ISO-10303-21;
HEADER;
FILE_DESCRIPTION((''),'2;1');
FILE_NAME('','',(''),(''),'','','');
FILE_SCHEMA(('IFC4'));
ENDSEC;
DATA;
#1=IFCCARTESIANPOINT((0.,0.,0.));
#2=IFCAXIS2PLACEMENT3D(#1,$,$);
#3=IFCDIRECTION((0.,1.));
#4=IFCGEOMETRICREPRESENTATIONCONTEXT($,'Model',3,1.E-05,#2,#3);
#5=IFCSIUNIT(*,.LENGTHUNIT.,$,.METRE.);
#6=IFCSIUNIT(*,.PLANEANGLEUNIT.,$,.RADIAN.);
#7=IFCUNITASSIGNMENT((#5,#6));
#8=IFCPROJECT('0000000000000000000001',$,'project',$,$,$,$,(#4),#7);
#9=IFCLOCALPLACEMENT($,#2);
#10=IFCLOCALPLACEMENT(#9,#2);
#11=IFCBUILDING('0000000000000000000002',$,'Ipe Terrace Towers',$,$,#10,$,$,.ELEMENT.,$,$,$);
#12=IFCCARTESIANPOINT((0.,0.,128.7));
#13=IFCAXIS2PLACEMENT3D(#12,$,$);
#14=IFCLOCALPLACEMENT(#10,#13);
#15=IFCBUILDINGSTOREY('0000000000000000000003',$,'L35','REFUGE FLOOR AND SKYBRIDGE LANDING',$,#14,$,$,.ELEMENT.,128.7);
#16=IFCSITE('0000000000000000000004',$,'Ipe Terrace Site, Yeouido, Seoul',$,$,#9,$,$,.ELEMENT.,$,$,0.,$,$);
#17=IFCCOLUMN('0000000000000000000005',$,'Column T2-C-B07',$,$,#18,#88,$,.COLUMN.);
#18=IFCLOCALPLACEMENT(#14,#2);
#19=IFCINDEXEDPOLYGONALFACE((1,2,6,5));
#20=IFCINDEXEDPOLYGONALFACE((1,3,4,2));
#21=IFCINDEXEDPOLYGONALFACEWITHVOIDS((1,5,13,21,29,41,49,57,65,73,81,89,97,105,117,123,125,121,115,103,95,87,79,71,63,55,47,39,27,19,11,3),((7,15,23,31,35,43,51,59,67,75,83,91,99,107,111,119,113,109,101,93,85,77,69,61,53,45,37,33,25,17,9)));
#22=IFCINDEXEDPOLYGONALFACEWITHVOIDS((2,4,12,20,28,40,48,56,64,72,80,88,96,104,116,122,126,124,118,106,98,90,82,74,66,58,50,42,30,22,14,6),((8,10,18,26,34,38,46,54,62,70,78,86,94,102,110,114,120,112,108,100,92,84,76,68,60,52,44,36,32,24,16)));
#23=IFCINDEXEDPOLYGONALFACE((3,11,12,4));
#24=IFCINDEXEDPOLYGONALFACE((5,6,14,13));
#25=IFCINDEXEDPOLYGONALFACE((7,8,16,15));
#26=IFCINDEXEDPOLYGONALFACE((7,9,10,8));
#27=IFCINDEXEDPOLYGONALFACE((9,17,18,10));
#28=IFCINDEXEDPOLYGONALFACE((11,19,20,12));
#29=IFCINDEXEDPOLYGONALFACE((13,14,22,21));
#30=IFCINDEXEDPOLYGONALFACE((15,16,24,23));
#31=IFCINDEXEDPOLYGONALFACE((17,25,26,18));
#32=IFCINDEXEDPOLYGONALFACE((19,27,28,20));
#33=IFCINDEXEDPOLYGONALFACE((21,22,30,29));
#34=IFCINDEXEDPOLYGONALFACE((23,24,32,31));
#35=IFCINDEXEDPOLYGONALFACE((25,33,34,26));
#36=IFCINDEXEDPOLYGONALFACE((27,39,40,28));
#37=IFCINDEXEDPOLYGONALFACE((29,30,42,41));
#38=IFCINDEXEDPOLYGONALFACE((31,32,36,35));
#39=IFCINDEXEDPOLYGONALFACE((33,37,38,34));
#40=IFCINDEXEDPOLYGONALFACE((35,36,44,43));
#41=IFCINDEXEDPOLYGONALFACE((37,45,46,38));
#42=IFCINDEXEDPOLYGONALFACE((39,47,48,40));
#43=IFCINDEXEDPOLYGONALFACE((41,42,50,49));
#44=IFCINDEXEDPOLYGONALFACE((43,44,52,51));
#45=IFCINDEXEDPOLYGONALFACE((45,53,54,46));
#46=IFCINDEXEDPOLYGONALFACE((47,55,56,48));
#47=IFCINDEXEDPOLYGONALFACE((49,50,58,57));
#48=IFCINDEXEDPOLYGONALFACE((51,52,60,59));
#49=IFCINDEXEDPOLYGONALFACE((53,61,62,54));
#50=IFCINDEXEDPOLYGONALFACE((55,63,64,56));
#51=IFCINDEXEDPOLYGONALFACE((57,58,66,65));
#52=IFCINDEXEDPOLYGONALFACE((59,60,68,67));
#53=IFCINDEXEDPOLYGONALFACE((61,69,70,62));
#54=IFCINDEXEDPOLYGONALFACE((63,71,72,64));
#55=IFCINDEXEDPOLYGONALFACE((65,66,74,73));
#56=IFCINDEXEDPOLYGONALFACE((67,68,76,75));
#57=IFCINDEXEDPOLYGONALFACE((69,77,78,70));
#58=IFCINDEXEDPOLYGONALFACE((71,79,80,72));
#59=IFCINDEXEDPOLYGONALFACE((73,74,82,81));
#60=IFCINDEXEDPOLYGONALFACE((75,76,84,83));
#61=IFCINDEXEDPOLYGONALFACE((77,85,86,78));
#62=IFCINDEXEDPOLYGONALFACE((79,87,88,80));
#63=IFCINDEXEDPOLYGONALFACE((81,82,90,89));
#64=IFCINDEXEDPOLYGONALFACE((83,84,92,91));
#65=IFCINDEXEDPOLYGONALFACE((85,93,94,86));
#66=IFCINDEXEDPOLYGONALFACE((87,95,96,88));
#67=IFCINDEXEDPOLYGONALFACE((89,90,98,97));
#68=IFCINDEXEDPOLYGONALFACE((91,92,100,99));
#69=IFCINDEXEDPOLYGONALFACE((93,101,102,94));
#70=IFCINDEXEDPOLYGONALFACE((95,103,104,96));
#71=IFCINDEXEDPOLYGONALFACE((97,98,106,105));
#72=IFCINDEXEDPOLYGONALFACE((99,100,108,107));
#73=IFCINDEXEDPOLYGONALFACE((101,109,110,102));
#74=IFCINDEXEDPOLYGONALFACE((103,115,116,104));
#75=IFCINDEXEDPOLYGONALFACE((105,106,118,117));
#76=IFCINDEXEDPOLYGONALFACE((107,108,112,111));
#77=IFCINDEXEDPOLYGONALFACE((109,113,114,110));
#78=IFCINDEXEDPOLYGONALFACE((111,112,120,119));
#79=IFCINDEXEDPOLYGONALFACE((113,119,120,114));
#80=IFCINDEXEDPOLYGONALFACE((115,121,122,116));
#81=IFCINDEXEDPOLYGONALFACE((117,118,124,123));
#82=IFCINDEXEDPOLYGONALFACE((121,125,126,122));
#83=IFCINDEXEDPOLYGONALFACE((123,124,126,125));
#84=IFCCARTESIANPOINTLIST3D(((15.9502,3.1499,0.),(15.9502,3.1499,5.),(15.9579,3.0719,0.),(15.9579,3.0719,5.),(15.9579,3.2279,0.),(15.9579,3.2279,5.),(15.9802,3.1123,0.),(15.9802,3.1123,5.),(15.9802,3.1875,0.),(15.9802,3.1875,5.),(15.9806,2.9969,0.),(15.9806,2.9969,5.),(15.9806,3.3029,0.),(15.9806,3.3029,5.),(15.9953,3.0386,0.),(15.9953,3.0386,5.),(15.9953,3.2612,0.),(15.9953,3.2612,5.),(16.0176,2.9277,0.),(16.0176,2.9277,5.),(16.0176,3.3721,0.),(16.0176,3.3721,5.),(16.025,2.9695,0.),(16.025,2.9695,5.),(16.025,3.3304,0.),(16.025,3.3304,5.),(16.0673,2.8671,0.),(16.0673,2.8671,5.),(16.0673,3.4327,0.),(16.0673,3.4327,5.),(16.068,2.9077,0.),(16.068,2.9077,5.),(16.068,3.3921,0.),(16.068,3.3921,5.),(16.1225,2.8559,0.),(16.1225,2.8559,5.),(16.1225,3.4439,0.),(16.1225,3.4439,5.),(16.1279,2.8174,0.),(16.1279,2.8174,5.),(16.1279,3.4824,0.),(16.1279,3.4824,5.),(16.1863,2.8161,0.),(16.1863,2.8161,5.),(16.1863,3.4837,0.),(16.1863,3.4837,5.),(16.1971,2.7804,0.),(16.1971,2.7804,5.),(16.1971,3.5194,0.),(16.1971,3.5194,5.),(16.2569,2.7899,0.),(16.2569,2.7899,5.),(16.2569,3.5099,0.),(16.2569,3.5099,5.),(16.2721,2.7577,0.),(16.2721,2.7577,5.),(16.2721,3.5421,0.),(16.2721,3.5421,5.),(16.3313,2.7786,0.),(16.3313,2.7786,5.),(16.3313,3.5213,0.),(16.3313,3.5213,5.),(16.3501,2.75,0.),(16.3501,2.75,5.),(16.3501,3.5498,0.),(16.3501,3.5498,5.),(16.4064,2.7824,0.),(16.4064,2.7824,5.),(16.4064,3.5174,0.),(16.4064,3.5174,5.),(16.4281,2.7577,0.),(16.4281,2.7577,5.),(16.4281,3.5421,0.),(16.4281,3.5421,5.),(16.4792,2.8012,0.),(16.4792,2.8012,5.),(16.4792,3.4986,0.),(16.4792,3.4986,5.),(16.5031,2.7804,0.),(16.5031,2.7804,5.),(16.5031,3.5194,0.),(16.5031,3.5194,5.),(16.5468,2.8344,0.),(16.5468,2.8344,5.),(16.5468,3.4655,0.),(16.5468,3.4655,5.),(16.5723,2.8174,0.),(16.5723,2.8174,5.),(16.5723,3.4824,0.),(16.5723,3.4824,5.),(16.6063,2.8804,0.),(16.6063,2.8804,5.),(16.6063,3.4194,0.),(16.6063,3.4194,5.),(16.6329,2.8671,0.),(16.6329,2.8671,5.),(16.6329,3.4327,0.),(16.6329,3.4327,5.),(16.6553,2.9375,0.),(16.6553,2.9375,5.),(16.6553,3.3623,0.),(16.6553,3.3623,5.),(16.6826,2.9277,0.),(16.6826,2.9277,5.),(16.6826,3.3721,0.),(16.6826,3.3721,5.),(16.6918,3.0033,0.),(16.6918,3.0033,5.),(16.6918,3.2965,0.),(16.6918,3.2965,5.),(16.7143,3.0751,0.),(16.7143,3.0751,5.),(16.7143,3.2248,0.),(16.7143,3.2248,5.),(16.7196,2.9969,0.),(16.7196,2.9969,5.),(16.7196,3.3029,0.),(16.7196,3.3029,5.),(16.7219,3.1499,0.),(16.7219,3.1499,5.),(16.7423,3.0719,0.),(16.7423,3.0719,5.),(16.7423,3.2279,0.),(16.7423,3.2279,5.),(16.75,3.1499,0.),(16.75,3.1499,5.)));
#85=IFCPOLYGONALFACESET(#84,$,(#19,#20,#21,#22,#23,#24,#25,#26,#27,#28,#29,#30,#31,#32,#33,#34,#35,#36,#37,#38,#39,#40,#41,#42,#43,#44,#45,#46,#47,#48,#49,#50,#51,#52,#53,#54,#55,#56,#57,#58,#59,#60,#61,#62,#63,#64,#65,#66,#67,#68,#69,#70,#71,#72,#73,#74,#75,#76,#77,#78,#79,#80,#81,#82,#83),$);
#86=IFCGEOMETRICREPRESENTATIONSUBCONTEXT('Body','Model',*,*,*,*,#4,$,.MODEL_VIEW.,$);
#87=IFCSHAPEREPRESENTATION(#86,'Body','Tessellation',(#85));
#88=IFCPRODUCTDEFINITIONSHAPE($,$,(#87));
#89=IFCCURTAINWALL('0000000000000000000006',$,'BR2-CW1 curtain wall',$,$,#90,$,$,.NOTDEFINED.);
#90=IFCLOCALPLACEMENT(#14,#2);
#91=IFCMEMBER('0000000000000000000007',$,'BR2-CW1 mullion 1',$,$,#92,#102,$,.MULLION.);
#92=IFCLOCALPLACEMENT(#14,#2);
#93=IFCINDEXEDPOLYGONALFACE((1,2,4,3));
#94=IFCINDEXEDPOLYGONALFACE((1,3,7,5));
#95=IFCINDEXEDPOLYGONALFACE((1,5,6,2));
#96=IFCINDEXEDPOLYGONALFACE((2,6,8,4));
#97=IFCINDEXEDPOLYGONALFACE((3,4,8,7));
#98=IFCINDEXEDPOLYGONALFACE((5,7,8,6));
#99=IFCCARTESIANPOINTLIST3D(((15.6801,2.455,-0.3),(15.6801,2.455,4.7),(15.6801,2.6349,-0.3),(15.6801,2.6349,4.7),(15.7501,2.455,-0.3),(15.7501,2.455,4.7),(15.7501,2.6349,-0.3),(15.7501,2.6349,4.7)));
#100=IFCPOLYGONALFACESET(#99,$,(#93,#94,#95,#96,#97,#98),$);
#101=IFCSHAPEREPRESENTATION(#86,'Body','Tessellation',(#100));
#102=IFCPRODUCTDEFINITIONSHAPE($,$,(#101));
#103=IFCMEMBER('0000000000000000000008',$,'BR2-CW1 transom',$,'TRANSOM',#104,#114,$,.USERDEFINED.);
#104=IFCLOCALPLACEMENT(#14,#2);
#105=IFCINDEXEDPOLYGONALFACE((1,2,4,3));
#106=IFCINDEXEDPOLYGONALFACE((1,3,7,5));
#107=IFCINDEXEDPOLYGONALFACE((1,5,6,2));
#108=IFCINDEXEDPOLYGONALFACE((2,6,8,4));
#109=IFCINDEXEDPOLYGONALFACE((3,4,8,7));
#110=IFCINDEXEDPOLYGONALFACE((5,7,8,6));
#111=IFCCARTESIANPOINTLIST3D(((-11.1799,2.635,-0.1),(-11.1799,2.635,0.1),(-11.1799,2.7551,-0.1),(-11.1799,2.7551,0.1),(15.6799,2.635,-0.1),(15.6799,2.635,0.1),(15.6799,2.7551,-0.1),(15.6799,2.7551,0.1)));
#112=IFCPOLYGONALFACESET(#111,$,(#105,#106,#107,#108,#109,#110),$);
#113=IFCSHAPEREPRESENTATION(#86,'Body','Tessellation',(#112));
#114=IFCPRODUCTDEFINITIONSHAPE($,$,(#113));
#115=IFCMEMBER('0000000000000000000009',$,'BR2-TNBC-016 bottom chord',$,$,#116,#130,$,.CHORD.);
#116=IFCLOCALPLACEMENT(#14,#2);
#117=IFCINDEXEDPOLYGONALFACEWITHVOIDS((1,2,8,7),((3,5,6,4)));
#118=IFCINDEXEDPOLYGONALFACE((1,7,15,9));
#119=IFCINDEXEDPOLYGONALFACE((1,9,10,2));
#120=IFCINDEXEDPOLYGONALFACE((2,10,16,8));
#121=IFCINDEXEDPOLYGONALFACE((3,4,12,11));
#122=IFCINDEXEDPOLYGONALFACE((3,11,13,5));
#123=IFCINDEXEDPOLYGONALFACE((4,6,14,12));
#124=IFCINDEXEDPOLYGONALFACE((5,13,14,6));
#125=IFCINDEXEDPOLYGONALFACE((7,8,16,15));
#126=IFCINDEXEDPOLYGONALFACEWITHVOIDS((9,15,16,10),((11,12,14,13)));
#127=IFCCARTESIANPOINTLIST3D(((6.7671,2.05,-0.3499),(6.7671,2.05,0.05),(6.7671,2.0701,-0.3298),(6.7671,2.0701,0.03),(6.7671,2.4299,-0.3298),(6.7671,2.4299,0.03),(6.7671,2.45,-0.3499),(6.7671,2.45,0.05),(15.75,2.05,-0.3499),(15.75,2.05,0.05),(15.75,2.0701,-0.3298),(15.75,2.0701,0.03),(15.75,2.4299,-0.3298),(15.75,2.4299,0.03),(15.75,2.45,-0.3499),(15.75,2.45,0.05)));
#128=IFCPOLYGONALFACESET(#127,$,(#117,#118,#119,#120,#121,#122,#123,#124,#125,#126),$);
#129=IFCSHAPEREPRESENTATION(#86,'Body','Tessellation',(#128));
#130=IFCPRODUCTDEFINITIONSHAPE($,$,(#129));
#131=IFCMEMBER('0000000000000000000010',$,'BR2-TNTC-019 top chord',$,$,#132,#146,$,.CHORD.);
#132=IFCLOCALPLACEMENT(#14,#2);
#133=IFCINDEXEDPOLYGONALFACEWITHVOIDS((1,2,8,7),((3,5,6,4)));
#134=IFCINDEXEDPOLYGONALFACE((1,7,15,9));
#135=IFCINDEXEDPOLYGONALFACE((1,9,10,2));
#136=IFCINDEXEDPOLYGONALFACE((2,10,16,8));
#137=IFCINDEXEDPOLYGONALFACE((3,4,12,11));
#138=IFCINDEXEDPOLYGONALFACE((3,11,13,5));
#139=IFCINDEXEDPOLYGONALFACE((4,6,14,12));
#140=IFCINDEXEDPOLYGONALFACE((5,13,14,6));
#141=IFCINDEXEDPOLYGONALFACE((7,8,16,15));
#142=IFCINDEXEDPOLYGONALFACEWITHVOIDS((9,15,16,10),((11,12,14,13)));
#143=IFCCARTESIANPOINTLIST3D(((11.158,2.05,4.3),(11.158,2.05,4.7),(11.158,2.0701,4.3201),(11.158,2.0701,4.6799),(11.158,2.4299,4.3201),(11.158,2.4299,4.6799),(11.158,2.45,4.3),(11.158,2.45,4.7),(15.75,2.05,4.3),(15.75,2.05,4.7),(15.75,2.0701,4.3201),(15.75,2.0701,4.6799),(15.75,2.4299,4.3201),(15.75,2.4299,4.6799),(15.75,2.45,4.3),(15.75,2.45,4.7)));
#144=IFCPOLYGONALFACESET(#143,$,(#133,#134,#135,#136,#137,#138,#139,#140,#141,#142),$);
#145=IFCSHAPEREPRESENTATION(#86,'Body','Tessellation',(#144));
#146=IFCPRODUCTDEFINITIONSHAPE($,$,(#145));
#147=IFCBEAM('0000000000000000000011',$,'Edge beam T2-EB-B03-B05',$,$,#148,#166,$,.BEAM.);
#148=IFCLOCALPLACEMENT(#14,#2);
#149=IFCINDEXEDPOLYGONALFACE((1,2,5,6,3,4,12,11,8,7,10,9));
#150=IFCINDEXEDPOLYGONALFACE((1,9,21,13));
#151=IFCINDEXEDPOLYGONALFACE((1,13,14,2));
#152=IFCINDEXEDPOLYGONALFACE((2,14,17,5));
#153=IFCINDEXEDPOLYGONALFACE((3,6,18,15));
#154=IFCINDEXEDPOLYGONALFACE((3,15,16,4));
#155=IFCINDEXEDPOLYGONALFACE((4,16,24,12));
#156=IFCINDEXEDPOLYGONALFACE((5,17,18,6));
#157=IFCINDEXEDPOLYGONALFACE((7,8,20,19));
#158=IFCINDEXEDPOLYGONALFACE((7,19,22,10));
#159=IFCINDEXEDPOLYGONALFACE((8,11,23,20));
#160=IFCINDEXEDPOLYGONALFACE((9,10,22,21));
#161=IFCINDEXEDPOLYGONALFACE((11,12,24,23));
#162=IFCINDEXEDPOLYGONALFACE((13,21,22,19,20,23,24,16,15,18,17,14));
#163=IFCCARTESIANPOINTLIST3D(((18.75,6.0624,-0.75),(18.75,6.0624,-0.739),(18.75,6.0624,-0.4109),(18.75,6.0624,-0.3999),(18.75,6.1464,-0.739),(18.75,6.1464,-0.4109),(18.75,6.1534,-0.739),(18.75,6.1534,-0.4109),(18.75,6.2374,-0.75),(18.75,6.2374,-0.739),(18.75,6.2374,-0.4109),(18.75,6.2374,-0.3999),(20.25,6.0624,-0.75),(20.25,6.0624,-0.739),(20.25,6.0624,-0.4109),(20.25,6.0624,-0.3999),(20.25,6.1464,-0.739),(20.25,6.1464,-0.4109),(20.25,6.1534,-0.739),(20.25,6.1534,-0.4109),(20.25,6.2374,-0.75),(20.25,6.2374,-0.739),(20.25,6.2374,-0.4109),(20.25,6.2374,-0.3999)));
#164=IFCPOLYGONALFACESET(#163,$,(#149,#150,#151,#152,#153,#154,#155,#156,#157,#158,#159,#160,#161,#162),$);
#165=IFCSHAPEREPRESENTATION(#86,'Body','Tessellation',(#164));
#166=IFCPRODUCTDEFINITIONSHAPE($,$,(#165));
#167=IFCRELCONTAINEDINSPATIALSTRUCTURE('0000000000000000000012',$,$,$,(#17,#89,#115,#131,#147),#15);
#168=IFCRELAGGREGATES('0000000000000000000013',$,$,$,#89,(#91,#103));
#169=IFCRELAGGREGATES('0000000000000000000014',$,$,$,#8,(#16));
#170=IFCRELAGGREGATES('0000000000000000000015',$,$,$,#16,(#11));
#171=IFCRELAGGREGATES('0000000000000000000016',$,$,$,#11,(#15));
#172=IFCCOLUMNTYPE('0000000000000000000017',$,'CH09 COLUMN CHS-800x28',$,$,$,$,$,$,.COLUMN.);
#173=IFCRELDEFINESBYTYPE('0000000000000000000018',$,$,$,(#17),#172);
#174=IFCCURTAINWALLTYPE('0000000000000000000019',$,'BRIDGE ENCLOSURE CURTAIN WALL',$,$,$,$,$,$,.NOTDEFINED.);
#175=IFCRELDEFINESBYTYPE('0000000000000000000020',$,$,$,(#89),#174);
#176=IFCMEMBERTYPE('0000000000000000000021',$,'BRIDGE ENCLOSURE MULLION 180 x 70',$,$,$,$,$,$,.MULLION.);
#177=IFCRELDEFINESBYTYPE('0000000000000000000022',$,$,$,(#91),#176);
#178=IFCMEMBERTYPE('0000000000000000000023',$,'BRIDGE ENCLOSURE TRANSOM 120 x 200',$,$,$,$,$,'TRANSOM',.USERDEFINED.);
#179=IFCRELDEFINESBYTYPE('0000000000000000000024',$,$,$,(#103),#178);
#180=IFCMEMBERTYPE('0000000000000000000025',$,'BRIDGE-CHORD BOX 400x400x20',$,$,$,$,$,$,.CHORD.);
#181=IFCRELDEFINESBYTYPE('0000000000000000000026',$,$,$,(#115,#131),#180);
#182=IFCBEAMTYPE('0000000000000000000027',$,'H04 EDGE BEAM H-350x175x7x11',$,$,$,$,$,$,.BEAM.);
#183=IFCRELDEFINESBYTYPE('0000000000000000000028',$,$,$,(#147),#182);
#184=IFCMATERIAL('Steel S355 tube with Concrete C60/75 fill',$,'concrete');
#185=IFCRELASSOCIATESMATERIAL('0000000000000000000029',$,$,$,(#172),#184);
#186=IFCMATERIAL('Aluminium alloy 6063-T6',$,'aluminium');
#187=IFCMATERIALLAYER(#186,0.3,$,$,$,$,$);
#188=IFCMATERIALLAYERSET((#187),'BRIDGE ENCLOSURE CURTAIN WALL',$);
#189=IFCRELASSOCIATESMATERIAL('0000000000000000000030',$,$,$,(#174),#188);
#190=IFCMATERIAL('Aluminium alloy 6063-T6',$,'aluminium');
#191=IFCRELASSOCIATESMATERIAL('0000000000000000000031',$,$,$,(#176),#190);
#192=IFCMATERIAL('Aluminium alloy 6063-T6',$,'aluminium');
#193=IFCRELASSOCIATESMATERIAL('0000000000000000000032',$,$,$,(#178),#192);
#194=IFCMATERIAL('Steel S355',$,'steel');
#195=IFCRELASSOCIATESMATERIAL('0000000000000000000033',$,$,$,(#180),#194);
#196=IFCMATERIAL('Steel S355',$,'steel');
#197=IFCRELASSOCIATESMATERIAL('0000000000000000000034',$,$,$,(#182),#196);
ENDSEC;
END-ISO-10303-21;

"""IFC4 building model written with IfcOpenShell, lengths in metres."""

from ifc_helpers import new_model, si_unit, direction, frame, origin, origin_2d, place, context, subcontext, project, spatial, rectangle, hollow_rectangle, hollow_circle, i_section, extrude, material, layer, layer_set, material_profile, profile_set, type_object, element, aggregate, save


model = new_model("IFC4")

# Units and contexts
model_context = context("Model", 3, precision=1e-05, world=origin(), true_north=direction((0.0, 1.0)))
body_context = subcontext(model_context, "Body", "Model", "MODEL_VIEW")
ifc_project = project(units=[si_unit("LENGTHUNIT", "METRE"), si_unit("PLANEANGLEUNIT", "RADIAN")], contexts=[model_context])

# Site, building, storey
site_placement = place(None, origin())
site = spatial("IfcSite", under=ifc_project, at=site_placement, Name="Ipe Terrace Site, Yeouido, Seoul", CompositionType="ELEMENT", RefElevation=0.0)
building_placement = place(site_placement, origin())
building = spatial("IfcBuilding", under=site, at=building_placement, Name="Ipe Terrace Towers", CompositionType="ELEMENT")
storey_placement = place(building_placement, frame((0.0, 0.0, 128.7)))
storey = spatial("IfcBuildingStorey", under=building, at=storey_placement, Name="L35", Description="REFUGE FLOOR AND SKYBRIDGE LANDING", CompositionType="ELEMENT", Elevation=128.7)

# Column
ifc_material_1 = material(Name="Steel S355 tube with Concrete C60/75 fill", Category="concrete")
ifc_material_profile_1 = material_profile(ifc_material_1, hollow_circle(Radius=0.3999, WallThickness=0.0281, at=origin_2d()), Name="CHS-800x28")
ifc_profile_set_1 = profile_set([ifc_material_profile_1], Name="Steel S355 tube with Concrete C60/75 fill")
column_type = type_object("IfcColumnType", Name="CH09 COLUMN CHS-800x28", PredefinedType="COLUMN", material=ifc_profile_set_1)
for number, where, z_axis, x_axis, name in (
    (1, (16.3501, 3.1499, 0.0), (0.0, 0.0, 1.0), (1.0, 0.0, 0.0), "Column T2-C-B07"),
):
    element("IfcColumn", number, at=place(storey_placement, frame(where, z_axis=z_axis, x_axis=x_axis)), inside=storey, type_object=column_type, Name=name, PredefinedType="COLUMN", context=body_context, shape_type="SweptSolid", body=[
        extrude(hollow_circle(Radius=0.3999, WallThickness=0.0281, at=origin_2d()), origin(), (0.0, 0.0, 1.0), 5.0),
    ])

# Curtain wall, members
ifc_material_2 = material(Name="Aluminium alloy 6063-T6", Category="aluminium")
ifc_layer_1 = layer(ifc_material_2, 0.3)
ifc_layer_set_1 = layer_set([ifc_layer_1], Name="BRIDGE ENCLOSURE CURTAIN WALL")
curtain_wall_type_1 = type_object("IfcCurtainWallType", Name="BRIDGE ENCLOSURE CURTAIN WALL", PredefinedType="NOTDEFINED", material=ifc_layer_set_1)
curtain_wall_1_placement = place(storey_placement, origin())
curtain_wall_1 = element("IfcCurtainWall", 2, at=curtain_wall_1_placement, inside=storey, type_object=curtain_wall_type_1, Name="BR2-CW1 curtain wall", PredefinedType="NOTDEFINED")
ifc_material_3 = material(Name="Aluminium alloy 6063-T6", Category="aluminium")
ifc_material_profile_2 = material_profile(ifc_material_3, rectangle(XDim=0.1799, YDim=0.0701, at=origin_2d()), Name="BRIDGE ENCLOSURE MULLION 180 x 70")
ifc_profile_set_2 = profile_set([ifc_material_profile_2], Name="Aluminium alloy 6063-T6")
member_type_1 = type_object("IfcMemberType", Name="BRIDGE ENCLOSURE MULLION 180 x 70", PredefinedType="MULLION", material=ifc_profile_set_2)
member_1_placement = place(storey_placement, frame((15.7151, 2.5449, -0.3), z_axis=(0.0, 0.0, 1.0), x_axis=(0.0, 1.0, 0.0)))
member_1 = element("IfcMember", 3, at=member_1_placement, type_object=member_type_1, Name="BR2-CW1 mullion 1", PredefinedType="MULLION", context=body_context, shape_type="SweptSolid", body=[
    extrude(rectangle(XDim=0.1799, YDim=0.0701, at=origin_2d()), origin(), (0.0, 0.0, 1.0), 5.0),
])
ifc_material_4 = material(Name="Aluminium alloy 6063-T6", Category="aluminium")
ifc_material_profile_3 = material_profile(ifc_material_4, rectangle(XDim=0.1201, YDim=0.2, at=origin_2d()), Name="BRIDGE ENCLOSURE TRANSOM 120 x 200")
ifc_profile_set_3 = profile_set([ifc_material_profile_3], Name="Aluminium alloy 6063-T6")
member_type_2 = type_object("IfcMemberType", Name="BRIDGE ENCLOSURE TRANSOM 120 x 200", ElementType="TRANSOM", PredefinedType="USERDEFINED", material=ifc_profile_set_3)
member_2_placement = place(storey_placement, frame((15.6799, 2.6951, 0.0), z_axis=(-1.0, 0.0, 0.0), x_axis=(0.0, 1.0, 0.0)))
member_2 = element("IfcMember", 4, at=member_2_placement, type_object=member_type_2, Name="BR2-CW1 transom", ObjectType="TRANSOM", PredefinedType="USERDEFINED", context=body_context, shape_type="SweptSolid", body=[
    extrude(rectangle(XDim=0.1201, YDim=0.2, at=origin_2d()), origin(), (0.0, 0.0, 1.0), 26.8599),
])
aggregate(curtain_wall_1, [member_1, member_2])

# Members
ifc_material_5 = material(Name="Steel S355", Category="steel")
ifc_material_profile_4 = material_profile(ifc_material_5, hollow_rectangle(XDim=0.3999, YDim=0.3999, WallThickness=0.02, at=origin_2d()), Name="BRIDGE-CHORD BOX 400x400x20")
ifc_profile_set_4 = profile_set([ifc_material_profile_4], Name="Steel S355")
member_type_3 = type_object("IfcMemberType", Name="BRIDGE-CHORD BOX 400x400x20", PredefinedType="CHORD", material=ifc_profile_set_4)
member_3_placement = place(storey_placement, frame((15.75, 2.25, -0.1499), z_axis=(-1.0, 0.0, 0.0), x_axis=(0.0, -1.0, 0.0)))
element("IfcMember", 5, at=member_3_placement, inside=storey, type_object=member_type_3, Name="BR2-TNBC-016 bottom chord", PredefinedType="CHORD", context=body_context, shape_type="SweptSolid", body=[
    extrude(hollow_rectangle(XDim=0.3999, YDim=0.3999, WallThickness=0.02, at=origin_2d()), origin(), (0.0, 0.0, 1.0), 8.9829),
])
member_4_placement = place(storey_placement, frame((15.75, 2.25, 4.5), z_axis=(-1.0, 0.0, 0.0), x_axis=(0.0, -1.0, 0.0)))
element("IfcMember", 6, at=member_4_placement, inside=storey, type_object=member_type_3, Name="BR2-TNTC-019 top chord", PredefinedType="CHORD", context=body_context, shape_type="SweptSolid", body=[
    extrude(hollow_rectangle(XDim=0.3999, YDim=0.3999, WallThickness=0.02, at=origin_2d()), origin(), (0.0, 0.0, 1.0), 4.592),
])

# Beam
ifc_material_6 = material(Name="Steel S355", Category="steel")
ifc_material_profile_5 = material_profile(ifc_material_6, i_section(OverallWidth=0.175, OverallDepth=0.3501, WebThickness=0.0071, FlangeThickness=0.011, at=origin_2d()), Name="H-350x175x7x11")
ifc_profile_set_5 = profile_set([ifc_material_profile_5], Name="Steel S355")
beam_type_1 = type_object("IfcBeamType", Name="H04 EDGE BEAM H-350x175x7x11", PredefinedType="BEAM", material=ifc_profile_set_5)
beam_1_placement = place(storey_placement, frame((20.25, 6.1499, -0.575), z_axis=(-1.0, 0.0, 0.0), x_axis=(0.0, -1.0, 0.0)))
element("IfcBeam", 7, at=beam_1_placement, inside=storey, type_object=beam_type_1, Name="Edge beam T2-EB-B03-B05", PredefinedType="BEAM", context=body_context, shape_type="SweptSolid", body=[
    extrude(i_section(OverallWidth=0.175, OverallDepth=0.3501, WebThickness=0.0071, FlangeThickness=0.011, at=origin_2d()), origin(), (0.0, 0.0, 1.0), 1.5),
])

save(model, "model.ifc")
